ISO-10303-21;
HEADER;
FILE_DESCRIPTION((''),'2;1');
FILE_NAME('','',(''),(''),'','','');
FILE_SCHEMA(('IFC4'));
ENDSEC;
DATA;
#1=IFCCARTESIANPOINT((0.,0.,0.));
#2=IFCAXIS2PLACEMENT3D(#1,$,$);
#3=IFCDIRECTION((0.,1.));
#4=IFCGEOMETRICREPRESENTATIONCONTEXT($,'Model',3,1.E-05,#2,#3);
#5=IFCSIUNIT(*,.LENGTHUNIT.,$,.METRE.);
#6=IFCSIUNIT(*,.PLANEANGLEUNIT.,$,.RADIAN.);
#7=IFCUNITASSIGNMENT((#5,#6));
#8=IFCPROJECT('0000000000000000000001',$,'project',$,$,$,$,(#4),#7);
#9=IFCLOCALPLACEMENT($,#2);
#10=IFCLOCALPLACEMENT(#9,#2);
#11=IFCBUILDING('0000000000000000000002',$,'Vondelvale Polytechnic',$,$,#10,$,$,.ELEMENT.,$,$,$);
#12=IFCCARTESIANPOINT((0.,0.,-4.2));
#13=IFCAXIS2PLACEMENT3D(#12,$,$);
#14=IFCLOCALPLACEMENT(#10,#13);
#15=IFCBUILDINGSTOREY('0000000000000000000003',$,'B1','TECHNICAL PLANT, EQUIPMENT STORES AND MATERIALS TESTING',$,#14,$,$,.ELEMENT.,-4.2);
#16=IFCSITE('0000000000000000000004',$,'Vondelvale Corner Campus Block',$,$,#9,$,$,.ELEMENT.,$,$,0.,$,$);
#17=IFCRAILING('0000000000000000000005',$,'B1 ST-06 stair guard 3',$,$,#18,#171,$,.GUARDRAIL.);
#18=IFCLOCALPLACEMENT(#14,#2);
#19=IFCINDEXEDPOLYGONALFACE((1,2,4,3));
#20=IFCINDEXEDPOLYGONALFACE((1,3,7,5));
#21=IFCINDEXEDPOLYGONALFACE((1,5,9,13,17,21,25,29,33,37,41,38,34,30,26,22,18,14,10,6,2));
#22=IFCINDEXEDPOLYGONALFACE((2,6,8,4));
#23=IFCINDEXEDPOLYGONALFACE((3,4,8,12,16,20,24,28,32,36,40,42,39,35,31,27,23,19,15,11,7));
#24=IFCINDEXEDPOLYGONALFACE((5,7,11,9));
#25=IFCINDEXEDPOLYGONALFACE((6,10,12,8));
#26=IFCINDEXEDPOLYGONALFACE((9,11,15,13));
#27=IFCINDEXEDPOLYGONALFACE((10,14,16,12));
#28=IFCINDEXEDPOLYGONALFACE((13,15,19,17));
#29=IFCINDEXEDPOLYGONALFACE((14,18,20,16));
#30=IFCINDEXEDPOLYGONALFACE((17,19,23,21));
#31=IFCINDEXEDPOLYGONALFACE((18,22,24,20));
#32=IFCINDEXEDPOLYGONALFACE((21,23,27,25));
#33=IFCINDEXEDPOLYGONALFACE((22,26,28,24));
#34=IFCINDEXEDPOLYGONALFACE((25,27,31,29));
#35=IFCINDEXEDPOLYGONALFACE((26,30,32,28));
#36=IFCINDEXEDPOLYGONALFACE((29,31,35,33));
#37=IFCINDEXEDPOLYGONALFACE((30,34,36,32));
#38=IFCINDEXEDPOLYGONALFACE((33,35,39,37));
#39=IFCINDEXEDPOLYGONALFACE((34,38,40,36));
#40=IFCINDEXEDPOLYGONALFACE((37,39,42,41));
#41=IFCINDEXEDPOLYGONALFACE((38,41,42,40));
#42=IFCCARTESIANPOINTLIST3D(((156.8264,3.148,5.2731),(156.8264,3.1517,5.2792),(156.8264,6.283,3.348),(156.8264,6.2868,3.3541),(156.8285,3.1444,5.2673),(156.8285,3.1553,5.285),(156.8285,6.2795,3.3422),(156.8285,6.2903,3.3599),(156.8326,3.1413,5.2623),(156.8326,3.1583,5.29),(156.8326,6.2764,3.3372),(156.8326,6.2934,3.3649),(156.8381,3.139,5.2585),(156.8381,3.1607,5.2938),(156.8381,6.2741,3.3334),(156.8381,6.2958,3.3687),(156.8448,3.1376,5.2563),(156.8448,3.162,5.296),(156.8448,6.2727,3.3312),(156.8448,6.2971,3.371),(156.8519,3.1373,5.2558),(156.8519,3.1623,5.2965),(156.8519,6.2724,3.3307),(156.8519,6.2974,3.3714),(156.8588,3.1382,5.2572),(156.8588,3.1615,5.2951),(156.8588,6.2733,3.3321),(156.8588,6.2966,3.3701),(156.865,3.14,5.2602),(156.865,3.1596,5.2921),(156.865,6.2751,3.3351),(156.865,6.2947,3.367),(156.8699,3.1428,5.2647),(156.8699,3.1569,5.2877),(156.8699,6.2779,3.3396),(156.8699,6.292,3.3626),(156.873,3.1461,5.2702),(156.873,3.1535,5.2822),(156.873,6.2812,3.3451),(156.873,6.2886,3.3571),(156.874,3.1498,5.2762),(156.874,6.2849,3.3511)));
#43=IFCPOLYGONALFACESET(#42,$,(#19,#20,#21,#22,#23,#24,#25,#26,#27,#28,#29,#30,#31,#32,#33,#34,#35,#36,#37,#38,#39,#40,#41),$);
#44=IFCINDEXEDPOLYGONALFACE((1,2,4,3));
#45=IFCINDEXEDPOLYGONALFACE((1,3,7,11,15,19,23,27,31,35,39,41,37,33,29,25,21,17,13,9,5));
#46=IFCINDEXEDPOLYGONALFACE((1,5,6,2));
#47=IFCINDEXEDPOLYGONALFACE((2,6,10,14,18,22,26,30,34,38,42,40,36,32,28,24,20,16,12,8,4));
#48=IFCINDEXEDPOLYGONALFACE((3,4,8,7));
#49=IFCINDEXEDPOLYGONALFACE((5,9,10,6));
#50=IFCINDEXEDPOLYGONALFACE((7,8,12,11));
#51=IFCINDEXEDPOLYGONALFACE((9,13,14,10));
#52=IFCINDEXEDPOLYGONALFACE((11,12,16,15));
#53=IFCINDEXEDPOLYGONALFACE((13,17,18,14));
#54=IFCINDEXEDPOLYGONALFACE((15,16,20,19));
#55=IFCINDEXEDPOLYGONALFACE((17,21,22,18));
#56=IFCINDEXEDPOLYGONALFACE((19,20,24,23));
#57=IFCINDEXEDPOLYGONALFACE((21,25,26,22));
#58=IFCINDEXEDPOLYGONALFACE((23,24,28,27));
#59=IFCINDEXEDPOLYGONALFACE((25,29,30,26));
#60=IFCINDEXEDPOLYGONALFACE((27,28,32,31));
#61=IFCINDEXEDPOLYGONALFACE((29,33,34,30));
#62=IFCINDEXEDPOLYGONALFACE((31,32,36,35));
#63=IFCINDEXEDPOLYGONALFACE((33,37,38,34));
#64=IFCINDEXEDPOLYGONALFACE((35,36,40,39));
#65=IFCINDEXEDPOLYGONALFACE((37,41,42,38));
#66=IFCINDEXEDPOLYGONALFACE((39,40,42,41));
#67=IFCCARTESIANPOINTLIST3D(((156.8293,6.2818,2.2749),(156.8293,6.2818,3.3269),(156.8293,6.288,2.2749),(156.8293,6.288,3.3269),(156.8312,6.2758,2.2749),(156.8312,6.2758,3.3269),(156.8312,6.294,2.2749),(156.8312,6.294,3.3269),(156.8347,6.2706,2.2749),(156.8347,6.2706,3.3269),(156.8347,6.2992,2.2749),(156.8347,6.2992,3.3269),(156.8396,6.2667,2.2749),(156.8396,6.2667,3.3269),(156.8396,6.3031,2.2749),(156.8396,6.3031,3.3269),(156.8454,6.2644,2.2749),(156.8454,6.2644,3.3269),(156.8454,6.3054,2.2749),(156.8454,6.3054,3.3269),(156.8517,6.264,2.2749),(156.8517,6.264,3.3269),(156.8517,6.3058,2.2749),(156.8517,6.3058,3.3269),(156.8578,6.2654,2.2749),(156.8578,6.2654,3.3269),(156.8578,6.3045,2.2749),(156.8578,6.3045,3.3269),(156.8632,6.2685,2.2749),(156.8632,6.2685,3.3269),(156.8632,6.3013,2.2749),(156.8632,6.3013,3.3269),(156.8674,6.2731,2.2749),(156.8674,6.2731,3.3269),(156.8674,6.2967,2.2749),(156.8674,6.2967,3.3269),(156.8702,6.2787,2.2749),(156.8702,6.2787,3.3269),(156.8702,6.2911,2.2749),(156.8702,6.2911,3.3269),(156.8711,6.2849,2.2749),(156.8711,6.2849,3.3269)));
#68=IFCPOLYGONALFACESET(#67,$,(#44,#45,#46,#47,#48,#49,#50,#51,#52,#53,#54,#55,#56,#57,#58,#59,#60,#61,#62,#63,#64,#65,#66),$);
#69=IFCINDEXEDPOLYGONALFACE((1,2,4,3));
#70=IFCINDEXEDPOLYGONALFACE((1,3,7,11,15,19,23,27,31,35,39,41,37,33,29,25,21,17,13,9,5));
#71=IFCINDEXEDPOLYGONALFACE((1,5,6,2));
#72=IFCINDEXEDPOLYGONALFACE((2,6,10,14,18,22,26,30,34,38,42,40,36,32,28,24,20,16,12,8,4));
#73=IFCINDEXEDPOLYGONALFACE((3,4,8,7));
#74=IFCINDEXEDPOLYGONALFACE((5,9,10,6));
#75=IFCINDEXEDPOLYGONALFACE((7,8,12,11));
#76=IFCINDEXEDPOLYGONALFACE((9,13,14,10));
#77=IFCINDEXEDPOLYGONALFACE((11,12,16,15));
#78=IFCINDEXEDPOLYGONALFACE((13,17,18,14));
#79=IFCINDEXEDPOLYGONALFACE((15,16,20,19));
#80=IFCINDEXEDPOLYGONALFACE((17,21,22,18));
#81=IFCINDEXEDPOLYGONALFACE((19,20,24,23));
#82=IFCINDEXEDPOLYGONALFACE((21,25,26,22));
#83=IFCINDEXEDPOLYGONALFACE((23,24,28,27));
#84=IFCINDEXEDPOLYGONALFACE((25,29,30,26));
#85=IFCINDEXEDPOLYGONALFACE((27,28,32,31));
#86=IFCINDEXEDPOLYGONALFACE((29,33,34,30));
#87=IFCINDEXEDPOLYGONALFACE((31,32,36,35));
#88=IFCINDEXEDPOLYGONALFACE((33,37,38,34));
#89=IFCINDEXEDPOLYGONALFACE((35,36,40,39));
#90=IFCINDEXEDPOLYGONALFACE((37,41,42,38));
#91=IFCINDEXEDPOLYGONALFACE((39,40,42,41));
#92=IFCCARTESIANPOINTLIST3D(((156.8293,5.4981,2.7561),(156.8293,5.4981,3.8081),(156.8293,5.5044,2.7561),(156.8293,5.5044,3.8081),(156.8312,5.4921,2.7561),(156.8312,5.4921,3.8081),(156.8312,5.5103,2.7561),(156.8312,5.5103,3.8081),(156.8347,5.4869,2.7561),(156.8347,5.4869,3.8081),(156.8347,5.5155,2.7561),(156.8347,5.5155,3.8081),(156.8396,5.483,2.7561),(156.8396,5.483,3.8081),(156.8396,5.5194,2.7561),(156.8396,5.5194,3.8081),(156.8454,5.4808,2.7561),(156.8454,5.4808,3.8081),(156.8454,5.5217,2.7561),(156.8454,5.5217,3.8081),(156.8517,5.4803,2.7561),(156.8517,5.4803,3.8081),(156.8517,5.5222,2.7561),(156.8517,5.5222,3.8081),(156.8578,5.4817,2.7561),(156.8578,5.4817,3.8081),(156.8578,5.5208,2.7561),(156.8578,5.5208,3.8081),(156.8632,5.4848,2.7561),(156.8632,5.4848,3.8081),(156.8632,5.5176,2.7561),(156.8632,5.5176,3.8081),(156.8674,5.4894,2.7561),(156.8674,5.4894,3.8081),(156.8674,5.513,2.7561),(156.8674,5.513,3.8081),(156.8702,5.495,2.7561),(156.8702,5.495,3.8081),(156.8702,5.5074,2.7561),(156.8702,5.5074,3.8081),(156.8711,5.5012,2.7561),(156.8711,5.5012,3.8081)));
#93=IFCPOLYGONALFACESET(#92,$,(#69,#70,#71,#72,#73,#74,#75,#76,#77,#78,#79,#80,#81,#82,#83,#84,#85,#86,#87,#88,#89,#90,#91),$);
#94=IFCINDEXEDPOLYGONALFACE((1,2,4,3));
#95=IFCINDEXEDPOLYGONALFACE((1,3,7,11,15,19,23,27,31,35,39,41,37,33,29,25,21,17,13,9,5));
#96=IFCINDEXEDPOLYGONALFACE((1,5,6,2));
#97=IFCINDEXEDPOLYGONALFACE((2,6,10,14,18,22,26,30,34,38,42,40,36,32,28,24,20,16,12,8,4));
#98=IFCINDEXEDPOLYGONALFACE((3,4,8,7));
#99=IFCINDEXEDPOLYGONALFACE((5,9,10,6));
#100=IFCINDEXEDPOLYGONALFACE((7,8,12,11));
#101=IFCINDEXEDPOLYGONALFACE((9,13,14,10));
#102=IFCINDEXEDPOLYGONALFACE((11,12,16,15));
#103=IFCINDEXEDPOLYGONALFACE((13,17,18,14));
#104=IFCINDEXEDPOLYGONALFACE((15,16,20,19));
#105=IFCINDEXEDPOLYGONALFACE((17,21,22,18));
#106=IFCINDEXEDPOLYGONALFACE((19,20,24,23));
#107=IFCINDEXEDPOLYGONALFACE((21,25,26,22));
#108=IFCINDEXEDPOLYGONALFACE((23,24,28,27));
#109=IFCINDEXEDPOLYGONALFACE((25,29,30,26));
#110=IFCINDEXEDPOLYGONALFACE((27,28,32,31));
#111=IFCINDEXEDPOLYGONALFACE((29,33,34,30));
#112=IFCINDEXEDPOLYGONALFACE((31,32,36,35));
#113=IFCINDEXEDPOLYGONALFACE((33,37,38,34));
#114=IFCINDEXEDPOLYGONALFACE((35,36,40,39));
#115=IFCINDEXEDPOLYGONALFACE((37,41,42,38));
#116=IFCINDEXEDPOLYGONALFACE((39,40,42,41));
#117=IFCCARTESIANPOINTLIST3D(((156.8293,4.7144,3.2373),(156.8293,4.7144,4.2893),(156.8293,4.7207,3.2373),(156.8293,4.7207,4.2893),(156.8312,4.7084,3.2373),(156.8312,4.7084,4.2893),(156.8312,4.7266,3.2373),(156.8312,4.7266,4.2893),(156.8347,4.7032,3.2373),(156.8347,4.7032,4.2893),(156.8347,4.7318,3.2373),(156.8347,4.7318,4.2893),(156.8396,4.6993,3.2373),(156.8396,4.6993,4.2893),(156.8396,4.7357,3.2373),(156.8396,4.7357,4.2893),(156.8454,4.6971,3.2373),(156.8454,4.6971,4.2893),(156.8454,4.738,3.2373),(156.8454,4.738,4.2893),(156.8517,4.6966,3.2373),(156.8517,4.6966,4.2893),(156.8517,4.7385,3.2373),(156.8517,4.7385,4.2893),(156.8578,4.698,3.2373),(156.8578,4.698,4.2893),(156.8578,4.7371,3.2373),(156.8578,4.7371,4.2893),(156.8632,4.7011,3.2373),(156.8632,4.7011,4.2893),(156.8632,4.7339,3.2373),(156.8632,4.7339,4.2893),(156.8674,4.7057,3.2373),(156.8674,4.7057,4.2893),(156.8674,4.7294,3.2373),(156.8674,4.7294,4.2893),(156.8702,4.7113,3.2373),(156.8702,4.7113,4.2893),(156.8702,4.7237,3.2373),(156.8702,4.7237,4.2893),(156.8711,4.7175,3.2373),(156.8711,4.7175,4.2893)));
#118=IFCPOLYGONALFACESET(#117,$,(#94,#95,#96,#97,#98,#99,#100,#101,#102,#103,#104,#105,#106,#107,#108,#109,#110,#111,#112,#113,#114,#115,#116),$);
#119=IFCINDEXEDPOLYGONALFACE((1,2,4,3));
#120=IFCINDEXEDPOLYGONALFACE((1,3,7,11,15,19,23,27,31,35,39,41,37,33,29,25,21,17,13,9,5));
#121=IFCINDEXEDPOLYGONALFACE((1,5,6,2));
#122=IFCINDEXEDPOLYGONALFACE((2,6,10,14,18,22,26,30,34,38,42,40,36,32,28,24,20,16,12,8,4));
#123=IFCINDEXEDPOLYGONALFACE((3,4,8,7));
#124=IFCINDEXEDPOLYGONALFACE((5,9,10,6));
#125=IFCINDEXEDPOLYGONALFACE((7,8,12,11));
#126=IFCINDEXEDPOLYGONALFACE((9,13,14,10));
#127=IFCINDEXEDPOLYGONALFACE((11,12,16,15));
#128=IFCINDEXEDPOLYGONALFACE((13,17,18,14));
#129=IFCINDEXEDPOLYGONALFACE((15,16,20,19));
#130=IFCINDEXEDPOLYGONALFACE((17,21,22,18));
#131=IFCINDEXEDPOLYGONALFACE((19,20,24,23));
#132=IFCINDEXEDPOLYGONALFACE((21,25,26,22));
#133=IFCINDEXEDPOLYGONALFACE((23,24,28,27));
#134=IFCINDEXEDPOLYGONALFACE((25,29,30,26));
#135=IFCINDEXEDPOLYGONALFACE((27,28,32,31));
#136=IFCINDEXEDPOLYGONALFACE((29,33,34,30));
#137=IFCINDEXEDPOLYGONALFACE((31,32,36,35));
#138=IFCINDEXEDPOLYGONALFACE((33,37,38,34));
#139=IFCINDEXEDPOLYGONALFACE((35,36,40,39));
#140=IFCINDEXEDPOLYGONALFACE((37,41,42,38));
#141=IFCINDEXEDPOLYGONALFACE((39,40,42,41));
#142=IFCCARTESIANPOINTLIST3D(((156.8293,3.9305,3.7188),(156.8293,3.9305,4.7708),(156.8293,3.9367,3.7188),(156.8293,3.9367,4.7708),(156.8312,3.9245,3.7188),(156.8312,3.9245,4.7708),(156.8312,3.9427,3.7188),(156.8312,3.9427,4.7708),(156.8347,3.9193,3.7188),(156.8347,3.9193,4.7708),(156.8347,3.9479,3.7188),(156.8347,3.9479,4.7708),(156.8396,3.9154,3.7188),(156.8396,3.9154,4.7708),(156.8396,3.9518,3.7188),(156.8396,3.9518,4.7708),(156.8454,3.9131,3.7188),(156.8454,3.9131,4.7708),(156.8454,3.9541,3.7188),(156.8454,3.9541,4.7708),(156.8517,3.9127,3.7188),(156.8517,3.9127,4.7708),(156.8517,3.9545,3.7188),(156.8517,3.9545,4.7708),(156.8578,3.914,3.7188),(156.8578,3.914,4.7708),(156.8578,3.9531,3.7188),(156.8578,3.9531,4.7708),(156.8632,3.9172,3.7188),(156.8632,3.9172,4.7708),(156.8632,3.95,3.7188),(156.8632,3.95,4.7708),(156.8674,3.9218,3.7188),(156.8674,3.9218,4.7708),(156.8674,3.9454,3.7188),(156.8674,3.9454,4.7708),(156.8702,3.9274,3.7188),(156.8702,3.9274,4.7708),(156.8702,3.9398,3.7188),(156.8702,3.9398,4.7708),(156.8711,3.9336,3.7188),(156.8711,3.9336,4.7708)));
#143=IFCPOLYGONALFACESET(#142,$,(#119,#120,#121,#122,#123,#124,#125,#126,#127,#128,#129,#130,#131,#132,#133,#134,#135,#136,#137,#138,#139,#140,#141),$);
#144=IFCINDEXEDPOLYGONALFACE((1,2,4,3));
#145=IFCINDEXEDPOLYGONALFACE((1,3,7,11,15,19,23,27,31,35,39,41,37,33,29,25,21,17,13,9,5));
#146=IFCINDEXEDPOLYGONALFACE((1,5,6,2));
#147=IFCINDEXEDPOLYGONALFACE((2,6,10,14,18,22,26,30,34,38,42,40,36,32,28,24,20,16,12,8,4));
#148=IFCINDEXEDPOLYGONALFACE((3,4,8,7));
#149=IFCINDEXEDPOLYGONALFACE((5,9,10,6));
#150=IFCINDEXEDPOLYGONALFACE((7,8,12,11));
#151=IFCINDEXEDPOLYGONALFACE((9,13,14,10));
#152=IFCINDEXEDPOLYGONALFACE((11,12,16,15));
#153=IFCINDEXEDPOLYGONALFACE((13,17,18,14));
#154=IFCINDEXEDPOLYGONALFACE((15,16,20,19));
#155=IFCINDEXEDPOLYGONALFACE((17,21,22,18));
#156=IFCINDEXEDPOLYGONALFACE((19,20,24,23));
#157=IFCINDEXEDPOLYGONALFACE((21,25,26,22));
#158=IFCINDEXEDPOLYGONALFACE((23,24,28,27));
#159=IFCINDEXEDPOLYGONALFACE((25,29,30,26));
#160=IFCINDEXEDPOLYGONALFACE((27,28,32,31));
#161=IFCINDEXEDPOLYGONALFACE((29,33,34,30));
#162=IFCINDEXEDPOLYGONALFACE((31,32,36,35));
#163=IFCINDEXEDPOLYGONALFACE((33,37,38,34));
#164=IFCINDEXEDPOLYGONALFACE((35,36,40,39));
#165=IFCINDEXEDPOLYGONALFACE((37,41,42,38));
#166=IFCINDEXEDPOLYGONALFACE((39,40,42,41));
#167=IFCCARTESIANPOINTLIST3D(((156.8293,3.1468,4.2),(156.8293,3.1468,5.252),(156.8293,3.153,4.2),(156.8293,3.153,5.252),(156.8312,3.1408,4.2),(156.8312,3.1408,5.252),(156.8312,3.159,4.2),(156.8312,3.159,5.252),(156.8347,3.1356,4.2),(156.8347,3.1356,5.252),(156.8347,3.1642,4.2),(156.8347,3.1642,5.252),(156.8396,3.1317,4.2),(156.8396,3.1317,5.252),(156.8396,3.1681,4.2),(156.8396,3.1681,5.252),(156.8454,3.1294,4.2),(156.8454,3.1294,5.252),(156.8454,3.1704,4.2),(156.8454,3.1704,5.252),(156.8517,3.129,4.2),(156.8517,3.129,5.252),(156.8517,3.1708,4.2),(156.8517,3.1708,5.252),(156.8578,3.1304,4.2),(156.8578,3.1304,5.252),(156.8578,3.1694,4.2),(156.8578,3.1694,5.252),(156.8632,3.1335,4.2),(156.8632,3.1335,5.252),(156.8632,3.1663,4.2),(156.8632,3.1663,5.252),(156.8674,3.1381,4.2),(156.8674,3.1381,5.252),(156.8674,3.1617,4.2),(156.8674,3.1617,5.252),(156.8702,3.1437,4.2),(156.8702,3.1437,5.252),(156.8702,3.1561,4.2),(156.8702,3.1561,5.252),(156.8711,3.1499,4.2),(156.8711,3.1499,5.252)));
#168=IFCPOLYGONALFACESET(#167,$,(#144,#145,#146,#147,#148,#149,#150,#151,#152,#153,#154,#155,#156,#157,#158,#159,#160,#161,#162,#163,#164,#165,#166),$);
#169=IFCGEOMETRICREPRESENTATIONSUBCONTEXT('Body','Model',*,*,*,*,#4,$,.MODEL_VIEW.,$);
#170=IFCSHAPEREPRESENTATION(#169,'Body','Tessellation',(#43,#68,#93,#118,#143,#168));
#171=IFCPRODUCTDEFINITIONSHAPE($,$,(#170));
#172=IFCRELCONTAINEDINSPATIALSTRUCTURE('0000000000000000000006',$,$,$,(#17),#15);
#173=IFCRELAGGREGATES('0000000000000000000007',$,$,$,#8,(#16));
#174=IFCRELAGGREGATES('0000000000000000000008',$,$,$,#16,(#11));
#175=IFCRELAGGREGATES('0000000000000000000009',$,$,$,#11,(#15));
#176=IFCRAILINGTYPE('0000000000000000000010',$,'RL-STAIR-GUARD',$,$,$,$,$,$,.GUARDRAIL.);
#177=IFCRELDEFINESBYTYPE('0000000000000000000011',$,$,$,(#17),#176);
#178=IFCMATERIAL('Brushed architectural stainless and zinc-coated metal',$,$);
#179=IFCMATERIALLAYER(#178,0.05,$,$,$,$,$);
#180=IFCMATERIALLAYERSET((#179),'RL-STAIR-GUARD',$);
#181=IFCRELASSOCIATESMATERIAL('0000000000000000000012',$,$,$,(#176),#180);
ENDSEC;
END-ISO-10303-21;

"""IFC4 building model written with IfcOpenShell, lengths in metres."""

from ifc_helpers import new_model, si_unit, direction, frame, origin, origin_2d, place, context, subcontext, project, spatial, circle, extrude, material, layer, layer_set, type_object, element, save


model = new_model("IFC4")

# Units and contexts
model_context = context("Model", 3, precision=1e-05, world=origin(), true_north=direction((0.0, 1.0)))
body_context = subcontext(model_context, "Body", "Model", "MODEL_VIEW")
ifc_project = project(units=[si_unit("LENGTHUNIT", "METRE"), si_unit("PLANEANGLEUNIT", "RADIAN")], contexts=[model_context])

# Site, building, storey
site_placement = place(None, origin())
site = spatial("IfcSite", under=ifc_project, at=site_placement, Name="Vondelvale Corner Campus Block", CompositionType="ELEMENT", RefElevation=0.0)
building_placement = place(site_placement, origin())
building = spatial("IfcBuilding", under=site, at=building_placement, Name="Vondelvale Polytechnic", CompositionType="ELEMENT")
storey_placement = place(building_placement, frame((0.0, 0.0, -4.2)))
storey = spatial("IfcBuildingStorey", under=building, at=storey_placement, Name="B1", Description="TECHNICAL PLANT, EQUIPMENT STORES AND MATERIALS TESTING", CompositionType="ELEMENT", Elevation=-4.2)

# Shared definitions
ifc_material_1 = material(Name="Brushed architectural stainless and zinc-coated metal")

# Railing
ifc_layer_1 = layer(ifc_material_1, 0.05)
ifc_layer_set_1 = layer_set([ifc_layer_1], Name="RL-STAIR-GUARD")
railing_type_1 = type_object("IfcRailingType", Name="RL-STAIR-GUARD", PredefinedType="GUARDRAIL", material=ifc_layer_set_1)
railing_1_placement = place(storey_placement, frame((156.8501, 6.2849, 2.2749)))
element("IfcRailing", 1, at=railing_1_placement, inside=storey, type_object=railing_type_1, Name="B1 ST-06 stair guard 3", PredefinedType="GUARDRAIL", context=body_context, shape_type="SweptSolid", body=[
    extrude(circle(Radius=0.0239, at=origin_2d()), frame((0.0, 0.0, 1.0762), z_axis=(0.0, -0.852166, 0.523271), x_axis=(1.0, 0.0, 0.0)), (0.0, 0.0, 1.0), 3.679),
    extrude(circle(Radius=0.021, at=origin_2d()), origin(), (0.0, 0.0, 1.0), 1.052),
    extrude(circle(Radius=0.021, at=origin_2d()), frame((0.0, -0.7837, 0.4812)), (0.0, 0.0, 1.0), 1.052),
    extrude(circle(Radius=0.021, at=origin_2d()), frame((0.0, -1.5674, 0.9624)), (0.0, 0.0, 1.0), 1.052),
    extrude(circle(Radius=0.021, at=origin_2d()), frame((0.0, -2.3513, 1.4438)), (0.0, 0.0, 1.0), 1.052),
    extrude(circle(Radius=0.021, at=origin_2d()), frame((0.0, -3.135, 1.925)), (0.0, 0.0, 1.0), 1.052),
])

save(model, "model.ifc")
